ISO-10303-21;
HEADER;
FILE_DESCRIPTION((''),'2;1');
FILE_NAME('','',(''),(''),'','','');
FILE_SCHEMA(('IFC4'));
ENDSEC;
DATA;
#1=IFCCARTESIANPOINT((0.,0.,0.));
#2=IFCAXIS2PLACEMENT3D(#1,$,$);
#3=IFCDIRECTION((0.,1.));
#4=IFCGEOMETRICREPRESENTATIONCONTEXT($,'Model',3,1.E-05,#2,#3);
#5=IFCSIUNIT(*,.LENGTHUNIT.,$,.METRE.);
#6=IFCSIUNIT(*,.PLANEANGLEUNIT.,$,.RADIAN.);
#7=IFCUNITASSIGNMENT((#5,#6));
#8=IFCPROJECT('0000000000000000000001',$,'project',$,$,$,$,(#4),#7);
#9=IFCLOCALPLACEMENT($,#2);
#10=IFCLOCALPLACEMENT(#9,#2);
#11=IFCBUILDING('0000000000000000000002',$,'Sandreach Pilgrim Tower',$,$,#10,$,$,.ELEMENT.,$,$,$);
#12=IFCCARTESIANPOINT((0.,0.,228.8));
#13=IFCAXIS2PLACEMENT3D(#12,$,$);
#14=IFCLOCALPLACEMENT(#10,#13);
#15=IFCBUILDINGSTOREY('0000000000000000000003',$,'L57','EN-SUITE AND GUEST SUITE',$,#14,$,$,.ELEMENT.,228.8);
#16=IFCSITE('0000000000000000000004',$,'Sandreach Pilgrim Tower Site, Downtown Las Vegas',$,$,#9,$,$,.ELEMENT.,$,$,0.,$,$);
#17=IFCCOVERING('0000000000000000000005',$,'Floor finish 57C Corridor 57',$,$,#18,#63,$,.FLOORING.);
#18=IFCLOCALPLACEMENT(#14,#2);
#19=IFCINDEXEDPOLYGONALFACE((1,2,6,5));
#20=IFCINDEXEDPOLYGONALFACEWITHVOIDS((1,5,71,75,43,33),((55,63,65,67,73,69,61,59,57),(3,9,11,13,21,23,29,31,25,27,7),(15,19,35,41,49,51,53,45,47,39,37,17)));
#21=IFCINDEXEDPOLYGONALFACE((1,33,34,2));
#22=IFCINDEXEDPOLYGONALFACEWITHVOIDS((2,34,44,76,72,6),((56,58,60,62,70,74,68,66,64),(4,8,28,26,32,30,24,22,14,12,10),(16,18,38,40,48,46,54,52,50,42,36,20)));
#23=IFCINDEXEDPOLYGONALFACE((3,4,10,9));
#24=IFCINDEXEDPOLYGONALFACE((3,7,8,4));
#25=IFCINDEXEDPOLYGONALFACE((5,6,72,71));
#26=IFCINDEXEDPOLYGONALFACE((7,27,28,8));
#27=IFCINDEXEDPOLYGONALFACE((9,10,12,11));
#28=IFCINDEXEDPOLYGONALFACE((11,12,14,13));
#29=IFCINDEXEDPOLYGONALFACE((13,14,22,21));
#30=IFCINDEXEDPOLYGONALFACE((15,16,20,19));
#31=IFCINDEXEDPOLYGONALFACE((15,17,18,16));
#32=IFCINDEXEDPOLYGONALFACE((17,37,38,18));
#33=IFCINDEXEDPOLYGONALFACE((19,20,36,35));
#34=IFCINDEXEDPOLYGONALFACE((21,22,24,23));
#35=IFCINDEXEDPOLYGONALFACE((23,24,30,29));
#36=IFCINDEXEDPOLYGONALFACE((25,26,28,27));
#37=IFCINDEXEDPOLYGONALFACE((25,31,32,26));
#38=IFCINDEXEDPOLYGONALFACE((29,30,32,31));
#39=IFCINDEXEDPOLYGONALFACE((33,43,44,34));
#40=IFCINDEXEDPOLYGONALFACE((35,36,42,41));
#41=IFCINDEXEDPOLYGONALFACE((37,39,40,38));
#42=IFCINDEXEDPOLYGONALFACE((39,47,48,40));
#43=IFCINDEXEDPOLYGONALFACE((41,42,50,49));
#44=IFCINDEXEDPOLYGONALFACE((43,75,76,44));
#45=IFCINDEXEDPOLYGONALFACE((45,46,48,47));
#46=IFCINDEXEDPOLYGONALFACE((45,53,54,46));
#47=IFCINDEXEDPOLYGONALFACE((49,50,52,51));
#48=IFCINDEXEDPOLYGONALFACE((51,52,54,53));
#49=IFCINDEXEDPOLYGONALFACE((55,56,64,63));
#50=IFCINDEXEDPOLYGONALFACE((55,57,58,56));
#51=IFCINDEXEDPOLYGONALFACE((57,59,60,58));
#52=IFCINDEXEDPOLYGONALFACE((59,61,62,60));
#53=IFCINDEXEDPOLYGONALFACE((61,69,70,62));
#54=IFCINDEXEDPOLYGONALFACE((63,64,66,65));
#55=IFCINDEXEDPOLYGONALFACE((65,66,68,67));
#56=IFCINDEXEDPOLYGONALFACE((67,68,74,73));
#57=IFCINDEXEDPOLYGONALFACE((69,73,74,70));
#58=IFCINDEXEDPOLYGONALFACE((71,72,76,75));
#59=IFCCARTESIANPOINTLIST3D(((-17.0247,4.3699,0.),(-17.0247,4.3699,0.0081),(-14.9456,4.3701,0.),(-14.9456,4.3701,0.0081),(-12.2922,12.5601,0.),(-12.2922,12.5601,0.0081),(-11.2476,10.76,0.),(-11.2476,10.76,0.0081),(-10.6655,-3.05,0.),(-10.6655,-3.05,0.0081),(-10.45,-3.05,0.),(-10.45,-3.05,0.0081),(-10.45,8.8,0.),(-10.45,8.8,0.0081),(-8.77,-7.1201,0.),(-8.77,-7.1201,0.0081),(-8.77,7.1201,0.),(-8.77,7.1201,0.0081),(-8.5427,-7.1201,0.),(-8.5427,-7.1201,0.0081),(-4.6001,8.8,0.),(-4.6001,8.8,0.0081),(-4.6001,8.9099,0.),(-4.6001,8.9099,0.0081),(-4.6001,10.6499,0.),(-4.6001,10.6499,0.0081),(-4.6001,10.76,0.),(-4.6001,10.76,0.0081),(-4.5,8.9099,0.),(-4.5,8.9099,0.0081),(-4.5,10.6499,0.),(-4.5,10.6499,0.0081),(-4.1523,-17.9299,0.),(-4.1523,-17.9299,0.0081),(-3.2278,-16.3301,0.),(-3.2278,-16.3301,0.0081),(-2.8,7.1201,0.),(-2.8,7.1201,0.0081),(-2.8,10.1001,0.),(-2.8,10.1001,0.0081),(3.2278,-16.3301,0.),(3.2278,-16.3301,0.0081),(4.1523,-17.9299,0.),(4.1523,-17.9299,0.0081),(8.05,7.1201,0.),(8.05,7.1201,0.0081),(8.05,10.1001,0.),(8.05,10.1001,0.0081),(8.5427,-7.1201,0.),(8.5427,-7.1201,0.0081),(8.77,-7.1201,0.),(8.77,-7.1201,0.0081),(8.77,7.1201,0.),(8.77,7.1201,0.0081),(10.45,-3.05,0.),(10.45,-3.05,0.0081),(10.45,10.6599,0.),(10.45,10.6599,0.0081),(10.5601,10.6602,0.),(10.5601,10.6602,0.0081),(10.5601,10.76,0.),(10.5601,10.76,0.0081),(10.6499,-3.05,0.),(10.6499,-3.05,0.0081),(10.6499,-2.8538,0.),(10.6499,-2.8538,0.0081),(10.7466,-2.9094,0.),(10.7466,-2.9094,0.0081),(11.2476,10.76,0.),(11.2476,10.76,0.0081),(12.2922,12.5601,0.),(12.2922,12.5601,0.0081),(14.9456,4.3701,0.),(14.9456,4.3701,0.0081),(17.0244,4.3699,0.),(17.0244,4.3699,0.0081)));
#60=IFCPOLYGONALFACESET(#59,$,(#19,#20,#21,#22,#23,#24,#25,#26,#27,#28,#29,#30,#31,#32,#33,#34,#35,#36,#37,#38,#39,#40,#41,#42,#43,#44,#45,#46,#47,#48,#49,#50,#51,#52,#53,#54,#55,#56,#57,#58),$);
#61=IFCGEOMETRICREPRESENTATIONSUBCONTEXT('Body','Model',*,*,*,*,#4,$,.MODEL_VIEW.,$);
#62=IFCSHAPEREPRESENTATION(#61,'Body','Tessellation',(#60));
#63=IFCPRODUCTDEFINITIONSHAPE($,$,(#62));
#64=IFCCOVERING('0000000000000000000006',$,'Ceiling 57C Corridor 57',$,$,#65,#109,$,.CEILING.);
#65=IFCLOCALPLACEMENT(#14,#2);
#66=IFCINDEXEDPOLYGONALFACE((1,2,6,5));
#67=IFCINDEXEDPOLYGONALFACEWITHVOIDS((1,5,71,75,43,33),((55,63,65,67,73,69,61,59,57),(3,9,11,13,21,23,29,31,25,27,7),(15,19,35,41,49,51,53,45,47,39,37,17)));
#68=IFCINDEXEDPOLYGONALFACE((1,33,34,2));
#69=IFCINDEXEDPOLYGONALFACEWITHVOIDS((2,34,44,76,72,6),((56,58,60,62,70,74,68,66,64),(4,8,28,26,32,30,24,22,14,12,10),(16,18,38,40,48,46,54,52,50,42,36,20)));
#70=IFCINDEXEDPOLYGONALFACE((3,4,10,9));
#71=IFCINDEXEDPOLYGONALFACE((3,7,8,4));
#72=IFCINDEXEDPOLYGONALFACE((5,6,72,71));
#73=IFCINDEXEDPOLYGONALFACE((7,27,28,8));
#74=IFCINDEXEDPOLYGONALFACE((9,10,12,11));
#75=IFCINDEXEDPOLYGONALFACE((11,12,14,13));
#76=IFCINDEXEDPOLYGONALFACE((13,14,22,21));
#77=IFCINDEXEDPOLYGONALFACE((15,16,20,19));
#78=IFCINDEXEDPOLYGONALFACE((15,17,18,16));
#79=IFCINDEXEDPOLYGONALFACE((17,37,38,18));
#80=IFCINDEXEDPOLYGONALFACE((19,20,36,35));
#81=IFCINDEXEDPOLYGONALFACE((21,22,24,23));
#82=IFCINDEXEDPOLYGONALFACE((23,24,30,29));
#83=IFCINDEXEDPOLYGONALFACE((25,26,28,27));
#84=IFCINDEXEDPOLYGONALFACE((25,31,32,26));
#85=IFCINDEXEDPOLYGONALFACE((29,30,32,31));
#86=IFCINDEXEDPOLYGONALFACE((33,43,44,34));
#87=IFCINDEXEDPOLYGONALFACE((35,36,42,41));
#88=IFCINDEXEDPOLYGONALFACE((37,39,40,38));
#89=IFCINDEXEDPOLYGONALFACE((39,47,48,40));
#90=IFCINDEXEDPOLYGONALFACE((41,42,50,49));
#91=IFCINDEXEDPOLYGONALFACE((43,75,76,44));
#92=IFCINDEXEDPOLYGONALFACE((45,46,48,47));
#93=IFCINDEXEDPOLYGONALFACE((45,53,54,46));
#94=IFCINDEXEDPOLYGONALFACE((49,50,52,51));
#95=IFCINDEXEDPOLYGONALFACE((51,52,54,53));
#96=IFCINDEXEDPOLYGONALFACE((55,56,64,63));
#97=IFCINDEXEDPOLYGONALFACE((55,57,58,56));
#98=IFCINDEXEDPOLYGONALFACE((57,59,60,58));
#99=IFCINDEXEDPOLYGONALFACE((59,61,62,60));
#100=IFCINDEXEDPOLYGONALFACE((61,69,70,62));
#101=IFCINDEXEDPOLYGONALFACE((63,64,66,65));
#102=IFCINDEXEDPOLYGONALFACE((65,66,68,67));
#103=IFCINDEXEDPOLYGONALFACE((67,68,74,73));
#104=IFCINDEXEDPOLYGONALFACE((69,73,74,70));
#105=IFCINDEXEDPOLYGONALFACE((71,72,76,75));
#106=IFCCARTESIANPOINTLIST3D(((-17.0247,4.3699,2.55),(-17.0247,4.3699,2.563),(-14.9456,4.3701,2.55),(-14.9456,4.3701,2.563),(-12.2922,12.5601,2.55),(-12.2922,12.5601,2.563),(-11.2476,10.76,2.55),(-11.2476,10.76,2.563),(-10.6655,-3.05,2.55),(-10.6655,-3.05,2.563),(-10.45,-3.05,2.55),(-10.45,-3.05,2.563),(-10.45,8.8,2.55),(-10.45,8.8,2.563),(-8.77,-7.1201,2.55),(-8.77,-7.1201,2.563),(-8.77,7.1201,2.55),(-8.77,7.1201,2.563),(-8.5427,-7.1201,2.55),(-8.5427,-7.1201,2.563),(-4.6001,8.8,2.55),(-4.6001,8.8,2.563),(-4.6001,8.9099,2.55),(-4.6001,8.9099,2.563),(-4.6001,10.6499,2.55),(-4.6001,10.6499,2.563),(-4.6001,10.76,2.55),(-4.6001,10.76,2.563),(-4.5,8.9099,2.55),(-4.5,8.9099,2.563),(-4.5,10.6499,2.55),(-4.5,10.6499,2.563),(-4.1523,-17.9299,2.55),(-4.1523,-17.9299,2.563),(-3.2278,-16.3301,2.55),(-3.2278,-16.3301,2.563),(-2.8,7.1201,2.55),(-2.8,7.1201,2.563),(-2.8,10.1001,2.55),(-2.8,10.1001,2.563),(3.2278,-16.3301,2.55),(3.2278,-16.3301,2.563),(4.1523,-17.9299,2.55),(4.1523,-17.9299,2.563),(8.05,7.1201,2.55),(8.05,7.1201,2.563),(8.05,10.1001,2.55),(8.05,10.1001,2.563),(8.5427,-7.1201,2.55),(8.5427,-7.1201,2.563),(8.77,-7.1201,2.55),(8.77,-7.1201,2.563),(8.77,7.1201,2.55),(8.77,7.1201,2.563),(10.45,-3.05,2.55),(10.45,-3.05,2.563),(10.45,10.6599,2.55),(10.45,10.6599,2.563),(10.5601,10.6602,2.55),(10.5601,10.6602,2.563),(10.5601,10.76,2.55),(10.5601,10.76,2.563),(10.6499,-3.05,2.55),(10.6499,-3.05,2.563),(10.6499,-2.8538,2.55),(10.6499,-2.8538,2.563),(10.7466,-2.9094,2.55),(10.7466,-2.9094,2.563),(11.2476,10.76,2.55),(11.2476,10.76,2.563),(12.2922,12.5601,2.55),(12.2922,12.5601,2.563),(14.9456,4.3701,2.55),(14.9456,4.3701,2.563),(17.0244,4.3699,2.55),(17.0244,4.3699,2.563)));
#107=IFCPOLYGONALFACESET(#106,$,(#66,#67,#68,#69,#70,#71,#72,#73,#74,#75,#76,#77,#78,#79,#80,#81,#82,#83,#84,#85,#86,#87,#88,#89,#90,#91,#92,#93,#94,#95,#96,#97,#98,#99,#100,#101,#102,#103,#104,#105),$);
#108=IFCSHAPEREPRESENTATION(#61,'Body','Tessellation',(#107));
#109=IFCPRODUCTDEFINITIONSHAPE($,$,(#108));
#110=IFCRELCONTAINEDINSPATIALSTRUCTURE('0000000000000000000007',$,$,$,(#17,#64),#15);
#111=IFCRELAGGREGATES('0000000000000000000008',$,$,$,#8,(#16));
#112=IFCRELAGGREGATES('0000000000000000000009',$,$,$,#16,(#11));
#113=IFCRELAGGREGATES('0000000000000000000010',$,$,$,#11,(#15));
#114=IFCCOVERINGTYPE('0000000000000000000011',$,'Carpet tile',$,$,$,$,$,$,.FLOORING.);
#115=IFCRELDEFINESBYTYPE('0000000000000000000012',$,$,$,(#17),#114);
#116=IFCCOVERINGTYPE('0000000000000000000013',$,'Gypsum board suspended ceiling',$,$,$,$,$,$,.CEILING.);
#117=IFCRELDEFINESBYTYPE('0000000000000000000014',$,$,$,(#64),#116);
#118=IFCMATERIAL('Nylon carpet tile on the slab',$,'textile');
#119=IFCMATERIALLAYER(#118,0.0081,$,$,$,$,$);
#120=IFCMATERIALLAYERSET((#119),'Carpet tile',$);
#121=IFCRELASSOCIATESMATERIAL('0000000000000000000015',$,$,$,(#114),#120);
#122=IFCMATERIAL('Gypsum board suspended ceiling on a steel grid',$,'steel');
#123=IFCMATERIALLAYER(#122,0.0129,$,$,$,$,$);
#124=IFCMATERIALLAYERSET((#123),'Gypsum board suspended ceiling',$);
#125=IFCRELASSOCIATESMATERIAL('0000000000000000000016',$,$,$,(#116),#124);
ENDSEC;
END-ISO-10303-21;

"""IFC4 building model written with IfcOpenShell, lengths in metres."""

from ifc_helpers import new_model, si_unit, direction, frame, origin, place, context, subcontext, project, spatial, polyline, outline, extrude, material, layer, layer_set, type_object, element, save


model = new_model("IFC4")

# Units and contexts
model_context = context("Model", 3, precision=1e-05, world=origin(), true_north=direction((0.0, 1.0)))
body_context = subcontext(model_context, "Body", "Model", "MODEL_VIEW")
ifc_project = project(units=[si_unit("LENGTHUNIT", "METRE"), si_unit("PLANEANGLEUNIT", "RADIAN")], contexts=[model_context])

# Site, building, storey
site_placement = place(None, origin())
site = spatial("IfcSite", under=ifc_project, at=site_placement, Name="Sandreach Pilgrim Tower Site, Downtown Las Vegas", CompositionType="ELEMENT", RefElevation=0.0)
building_placement = place(site_placement, origin())
building = spatial("IfcBuilding", under=site, at=building_placement, Name="Sandreach Pilgrim Tower", CompositionType="ELEMENT")
storey_placement = place(building_placement, frame((0.0, 0.0, 228.8)))
storey = spatial("IfcBuildingStorey", under=building, at=storey_placement, Name="L57", Description="EN-SUITE AND GUEST SUITE", CompositionType="ELEMENT", Elevation=228.8)

# Coverings
ifc_material_1 = material(Name="Nylon carpet tile on the slab", Category="textile")
ifc_layer_1 = layer(ifc_material_1, 0.0081)
ifc_layer_set_1 = layer_set([ifc_layer_1], Name="Carpet tile")
covering_type_1 = type_object("IfcCoveringType", Name="Carpet tile", PredefinedType="FLOORING", material=ifc_layer_set_1)
covering_1_placement = place(storey_placement, origin())
element("IfcCovering", 1, at=covering_1_placement, inside=storey, type_object=covering_type_1, Name="Floor finish 57C Corridor 57", PredefinedType="FLOORING", context=body_context, shape_type="SweptSolid", body=[
    extrude(outline(polyline([(-4.1523, -17.9299), (-17.0247, 4.3699), (-12.2922, 12.5601), (12.2922, 12.5601), (17.0244, 4.3699), (4.1523, -17.9299), (-4.1523, -17.9299)]), holes=[polyline([(10.45, -3.05), (10.6499, -3.05), (10.6499, -2.8538), (10.7466, -2.9094), (14.9456, 4.3701), (11.2476, 10.76), (10.5601, 10.76), (10.5601, 10.6602), (10.45, 10.6599), (10.45, -3.05)]), polyline([(-3.2278, -16.3301), (3.2278, -16.3301), (8.5427, -7.1201), (8.77, -7.1201), (8.77, 7.1201), (8.05, 7.1201), (8.05, 10.1001), (-2.8, 10.1001), (-2.8, 7.1201), (-8.77, 7.1201), (-8.77, -7.1201), (-8.5427, -7.1201), (-3.2278, -16.3301)]), polyline([(-14.9456, 4.3701), (-10.6655, -3.05), (-10.45, -3.05), (-10.45, 8.8), (-4.6001, 8.8), (-4.6001, 8.9099), (-4.5, 8.9099), (-4.5, 10.6499), (-4.6001, 10.6499), (-4.6001, 10.76), (-11.2476, 10.76), (-14.9456, 4.3701)])]), origin(), (0.0, 0.0, 1.0), 0.0081),
])
ifc_material_2 = material(Name="Gypsum board suspended ceiling on a steel grid", Category="steel")
ifc_layer_2 = layer(ifc_material_2, 0.0129)
ifc_layer_set_2 = layer_set([ifc_layer_2], Name="Gypsum board suspended ceiling")
covering_type_2 = type_object("IfcCoveringType", Name="Gypsum board suspended ceiling", PredefinedType="CEILING", material=ifc_layer_set_2)
covering_2_placement = place(storey_placement, frame((0.0, 0.0, 2.55)))
element("IfcCovering", 2, at=covering_2_placement, inside=storey, type_object=covering_type_2, Name="Ceiling 57C Corridor 57", PredefinedType="CEILING", context=body_context, shape_type="SweptSolid", body=[
    extrude(outline(polyline([(-4.1523, -17.9299), (-17.0247, 4.3699), (-12.2922, 12.5601), (12.2922, 12.5601), (17.0244, 4.3699), (4.1523, -17.9299), (-4.1523, -17.9299)]), holes=[polyline([(10.45, -3.05), (10.6499, -3.05), (10.6499, -2.8538), (10.7466, -2.9094), (14.9456, 4.3701), (11.2476, 10.76), (10.5601, 10.76), (10.5601, 10.6602), (10.45, 10.6599), (10.45, -3.05)]), polyline([(-3.2278, -16.3301), (3.2278, -16.3301), (8.5427, -7.1201), (8.77, -7.1201), (8.77, 7.1201), (8.05, 7.1201), (8.05, 10.1001), (-2.8, 10.1001), (-2.8, 7.1201), (-8.77, 7.1201), (-8.77, -7.1201), (-8.5427, -7.1201), (-3.2278, -16.3301)]), polyline([(-14.9456, 4.3701), (-10.6655, -3.05), (-10.45, -3.05), (-10.45, 8.8), (-4.6001, 8.8), (-4.6001, 8.9099), (-4.5, 8.9099), (-4.5, 10.6499), (-4.6001, 10.6499), (-4.6001, 10.76), (-11.2476, 10.76), (-14.9456, 4.3701)])]), origin(), (0.0, 0.0, 1.0), 0.0129),
])

save(model, "model.ifc")
